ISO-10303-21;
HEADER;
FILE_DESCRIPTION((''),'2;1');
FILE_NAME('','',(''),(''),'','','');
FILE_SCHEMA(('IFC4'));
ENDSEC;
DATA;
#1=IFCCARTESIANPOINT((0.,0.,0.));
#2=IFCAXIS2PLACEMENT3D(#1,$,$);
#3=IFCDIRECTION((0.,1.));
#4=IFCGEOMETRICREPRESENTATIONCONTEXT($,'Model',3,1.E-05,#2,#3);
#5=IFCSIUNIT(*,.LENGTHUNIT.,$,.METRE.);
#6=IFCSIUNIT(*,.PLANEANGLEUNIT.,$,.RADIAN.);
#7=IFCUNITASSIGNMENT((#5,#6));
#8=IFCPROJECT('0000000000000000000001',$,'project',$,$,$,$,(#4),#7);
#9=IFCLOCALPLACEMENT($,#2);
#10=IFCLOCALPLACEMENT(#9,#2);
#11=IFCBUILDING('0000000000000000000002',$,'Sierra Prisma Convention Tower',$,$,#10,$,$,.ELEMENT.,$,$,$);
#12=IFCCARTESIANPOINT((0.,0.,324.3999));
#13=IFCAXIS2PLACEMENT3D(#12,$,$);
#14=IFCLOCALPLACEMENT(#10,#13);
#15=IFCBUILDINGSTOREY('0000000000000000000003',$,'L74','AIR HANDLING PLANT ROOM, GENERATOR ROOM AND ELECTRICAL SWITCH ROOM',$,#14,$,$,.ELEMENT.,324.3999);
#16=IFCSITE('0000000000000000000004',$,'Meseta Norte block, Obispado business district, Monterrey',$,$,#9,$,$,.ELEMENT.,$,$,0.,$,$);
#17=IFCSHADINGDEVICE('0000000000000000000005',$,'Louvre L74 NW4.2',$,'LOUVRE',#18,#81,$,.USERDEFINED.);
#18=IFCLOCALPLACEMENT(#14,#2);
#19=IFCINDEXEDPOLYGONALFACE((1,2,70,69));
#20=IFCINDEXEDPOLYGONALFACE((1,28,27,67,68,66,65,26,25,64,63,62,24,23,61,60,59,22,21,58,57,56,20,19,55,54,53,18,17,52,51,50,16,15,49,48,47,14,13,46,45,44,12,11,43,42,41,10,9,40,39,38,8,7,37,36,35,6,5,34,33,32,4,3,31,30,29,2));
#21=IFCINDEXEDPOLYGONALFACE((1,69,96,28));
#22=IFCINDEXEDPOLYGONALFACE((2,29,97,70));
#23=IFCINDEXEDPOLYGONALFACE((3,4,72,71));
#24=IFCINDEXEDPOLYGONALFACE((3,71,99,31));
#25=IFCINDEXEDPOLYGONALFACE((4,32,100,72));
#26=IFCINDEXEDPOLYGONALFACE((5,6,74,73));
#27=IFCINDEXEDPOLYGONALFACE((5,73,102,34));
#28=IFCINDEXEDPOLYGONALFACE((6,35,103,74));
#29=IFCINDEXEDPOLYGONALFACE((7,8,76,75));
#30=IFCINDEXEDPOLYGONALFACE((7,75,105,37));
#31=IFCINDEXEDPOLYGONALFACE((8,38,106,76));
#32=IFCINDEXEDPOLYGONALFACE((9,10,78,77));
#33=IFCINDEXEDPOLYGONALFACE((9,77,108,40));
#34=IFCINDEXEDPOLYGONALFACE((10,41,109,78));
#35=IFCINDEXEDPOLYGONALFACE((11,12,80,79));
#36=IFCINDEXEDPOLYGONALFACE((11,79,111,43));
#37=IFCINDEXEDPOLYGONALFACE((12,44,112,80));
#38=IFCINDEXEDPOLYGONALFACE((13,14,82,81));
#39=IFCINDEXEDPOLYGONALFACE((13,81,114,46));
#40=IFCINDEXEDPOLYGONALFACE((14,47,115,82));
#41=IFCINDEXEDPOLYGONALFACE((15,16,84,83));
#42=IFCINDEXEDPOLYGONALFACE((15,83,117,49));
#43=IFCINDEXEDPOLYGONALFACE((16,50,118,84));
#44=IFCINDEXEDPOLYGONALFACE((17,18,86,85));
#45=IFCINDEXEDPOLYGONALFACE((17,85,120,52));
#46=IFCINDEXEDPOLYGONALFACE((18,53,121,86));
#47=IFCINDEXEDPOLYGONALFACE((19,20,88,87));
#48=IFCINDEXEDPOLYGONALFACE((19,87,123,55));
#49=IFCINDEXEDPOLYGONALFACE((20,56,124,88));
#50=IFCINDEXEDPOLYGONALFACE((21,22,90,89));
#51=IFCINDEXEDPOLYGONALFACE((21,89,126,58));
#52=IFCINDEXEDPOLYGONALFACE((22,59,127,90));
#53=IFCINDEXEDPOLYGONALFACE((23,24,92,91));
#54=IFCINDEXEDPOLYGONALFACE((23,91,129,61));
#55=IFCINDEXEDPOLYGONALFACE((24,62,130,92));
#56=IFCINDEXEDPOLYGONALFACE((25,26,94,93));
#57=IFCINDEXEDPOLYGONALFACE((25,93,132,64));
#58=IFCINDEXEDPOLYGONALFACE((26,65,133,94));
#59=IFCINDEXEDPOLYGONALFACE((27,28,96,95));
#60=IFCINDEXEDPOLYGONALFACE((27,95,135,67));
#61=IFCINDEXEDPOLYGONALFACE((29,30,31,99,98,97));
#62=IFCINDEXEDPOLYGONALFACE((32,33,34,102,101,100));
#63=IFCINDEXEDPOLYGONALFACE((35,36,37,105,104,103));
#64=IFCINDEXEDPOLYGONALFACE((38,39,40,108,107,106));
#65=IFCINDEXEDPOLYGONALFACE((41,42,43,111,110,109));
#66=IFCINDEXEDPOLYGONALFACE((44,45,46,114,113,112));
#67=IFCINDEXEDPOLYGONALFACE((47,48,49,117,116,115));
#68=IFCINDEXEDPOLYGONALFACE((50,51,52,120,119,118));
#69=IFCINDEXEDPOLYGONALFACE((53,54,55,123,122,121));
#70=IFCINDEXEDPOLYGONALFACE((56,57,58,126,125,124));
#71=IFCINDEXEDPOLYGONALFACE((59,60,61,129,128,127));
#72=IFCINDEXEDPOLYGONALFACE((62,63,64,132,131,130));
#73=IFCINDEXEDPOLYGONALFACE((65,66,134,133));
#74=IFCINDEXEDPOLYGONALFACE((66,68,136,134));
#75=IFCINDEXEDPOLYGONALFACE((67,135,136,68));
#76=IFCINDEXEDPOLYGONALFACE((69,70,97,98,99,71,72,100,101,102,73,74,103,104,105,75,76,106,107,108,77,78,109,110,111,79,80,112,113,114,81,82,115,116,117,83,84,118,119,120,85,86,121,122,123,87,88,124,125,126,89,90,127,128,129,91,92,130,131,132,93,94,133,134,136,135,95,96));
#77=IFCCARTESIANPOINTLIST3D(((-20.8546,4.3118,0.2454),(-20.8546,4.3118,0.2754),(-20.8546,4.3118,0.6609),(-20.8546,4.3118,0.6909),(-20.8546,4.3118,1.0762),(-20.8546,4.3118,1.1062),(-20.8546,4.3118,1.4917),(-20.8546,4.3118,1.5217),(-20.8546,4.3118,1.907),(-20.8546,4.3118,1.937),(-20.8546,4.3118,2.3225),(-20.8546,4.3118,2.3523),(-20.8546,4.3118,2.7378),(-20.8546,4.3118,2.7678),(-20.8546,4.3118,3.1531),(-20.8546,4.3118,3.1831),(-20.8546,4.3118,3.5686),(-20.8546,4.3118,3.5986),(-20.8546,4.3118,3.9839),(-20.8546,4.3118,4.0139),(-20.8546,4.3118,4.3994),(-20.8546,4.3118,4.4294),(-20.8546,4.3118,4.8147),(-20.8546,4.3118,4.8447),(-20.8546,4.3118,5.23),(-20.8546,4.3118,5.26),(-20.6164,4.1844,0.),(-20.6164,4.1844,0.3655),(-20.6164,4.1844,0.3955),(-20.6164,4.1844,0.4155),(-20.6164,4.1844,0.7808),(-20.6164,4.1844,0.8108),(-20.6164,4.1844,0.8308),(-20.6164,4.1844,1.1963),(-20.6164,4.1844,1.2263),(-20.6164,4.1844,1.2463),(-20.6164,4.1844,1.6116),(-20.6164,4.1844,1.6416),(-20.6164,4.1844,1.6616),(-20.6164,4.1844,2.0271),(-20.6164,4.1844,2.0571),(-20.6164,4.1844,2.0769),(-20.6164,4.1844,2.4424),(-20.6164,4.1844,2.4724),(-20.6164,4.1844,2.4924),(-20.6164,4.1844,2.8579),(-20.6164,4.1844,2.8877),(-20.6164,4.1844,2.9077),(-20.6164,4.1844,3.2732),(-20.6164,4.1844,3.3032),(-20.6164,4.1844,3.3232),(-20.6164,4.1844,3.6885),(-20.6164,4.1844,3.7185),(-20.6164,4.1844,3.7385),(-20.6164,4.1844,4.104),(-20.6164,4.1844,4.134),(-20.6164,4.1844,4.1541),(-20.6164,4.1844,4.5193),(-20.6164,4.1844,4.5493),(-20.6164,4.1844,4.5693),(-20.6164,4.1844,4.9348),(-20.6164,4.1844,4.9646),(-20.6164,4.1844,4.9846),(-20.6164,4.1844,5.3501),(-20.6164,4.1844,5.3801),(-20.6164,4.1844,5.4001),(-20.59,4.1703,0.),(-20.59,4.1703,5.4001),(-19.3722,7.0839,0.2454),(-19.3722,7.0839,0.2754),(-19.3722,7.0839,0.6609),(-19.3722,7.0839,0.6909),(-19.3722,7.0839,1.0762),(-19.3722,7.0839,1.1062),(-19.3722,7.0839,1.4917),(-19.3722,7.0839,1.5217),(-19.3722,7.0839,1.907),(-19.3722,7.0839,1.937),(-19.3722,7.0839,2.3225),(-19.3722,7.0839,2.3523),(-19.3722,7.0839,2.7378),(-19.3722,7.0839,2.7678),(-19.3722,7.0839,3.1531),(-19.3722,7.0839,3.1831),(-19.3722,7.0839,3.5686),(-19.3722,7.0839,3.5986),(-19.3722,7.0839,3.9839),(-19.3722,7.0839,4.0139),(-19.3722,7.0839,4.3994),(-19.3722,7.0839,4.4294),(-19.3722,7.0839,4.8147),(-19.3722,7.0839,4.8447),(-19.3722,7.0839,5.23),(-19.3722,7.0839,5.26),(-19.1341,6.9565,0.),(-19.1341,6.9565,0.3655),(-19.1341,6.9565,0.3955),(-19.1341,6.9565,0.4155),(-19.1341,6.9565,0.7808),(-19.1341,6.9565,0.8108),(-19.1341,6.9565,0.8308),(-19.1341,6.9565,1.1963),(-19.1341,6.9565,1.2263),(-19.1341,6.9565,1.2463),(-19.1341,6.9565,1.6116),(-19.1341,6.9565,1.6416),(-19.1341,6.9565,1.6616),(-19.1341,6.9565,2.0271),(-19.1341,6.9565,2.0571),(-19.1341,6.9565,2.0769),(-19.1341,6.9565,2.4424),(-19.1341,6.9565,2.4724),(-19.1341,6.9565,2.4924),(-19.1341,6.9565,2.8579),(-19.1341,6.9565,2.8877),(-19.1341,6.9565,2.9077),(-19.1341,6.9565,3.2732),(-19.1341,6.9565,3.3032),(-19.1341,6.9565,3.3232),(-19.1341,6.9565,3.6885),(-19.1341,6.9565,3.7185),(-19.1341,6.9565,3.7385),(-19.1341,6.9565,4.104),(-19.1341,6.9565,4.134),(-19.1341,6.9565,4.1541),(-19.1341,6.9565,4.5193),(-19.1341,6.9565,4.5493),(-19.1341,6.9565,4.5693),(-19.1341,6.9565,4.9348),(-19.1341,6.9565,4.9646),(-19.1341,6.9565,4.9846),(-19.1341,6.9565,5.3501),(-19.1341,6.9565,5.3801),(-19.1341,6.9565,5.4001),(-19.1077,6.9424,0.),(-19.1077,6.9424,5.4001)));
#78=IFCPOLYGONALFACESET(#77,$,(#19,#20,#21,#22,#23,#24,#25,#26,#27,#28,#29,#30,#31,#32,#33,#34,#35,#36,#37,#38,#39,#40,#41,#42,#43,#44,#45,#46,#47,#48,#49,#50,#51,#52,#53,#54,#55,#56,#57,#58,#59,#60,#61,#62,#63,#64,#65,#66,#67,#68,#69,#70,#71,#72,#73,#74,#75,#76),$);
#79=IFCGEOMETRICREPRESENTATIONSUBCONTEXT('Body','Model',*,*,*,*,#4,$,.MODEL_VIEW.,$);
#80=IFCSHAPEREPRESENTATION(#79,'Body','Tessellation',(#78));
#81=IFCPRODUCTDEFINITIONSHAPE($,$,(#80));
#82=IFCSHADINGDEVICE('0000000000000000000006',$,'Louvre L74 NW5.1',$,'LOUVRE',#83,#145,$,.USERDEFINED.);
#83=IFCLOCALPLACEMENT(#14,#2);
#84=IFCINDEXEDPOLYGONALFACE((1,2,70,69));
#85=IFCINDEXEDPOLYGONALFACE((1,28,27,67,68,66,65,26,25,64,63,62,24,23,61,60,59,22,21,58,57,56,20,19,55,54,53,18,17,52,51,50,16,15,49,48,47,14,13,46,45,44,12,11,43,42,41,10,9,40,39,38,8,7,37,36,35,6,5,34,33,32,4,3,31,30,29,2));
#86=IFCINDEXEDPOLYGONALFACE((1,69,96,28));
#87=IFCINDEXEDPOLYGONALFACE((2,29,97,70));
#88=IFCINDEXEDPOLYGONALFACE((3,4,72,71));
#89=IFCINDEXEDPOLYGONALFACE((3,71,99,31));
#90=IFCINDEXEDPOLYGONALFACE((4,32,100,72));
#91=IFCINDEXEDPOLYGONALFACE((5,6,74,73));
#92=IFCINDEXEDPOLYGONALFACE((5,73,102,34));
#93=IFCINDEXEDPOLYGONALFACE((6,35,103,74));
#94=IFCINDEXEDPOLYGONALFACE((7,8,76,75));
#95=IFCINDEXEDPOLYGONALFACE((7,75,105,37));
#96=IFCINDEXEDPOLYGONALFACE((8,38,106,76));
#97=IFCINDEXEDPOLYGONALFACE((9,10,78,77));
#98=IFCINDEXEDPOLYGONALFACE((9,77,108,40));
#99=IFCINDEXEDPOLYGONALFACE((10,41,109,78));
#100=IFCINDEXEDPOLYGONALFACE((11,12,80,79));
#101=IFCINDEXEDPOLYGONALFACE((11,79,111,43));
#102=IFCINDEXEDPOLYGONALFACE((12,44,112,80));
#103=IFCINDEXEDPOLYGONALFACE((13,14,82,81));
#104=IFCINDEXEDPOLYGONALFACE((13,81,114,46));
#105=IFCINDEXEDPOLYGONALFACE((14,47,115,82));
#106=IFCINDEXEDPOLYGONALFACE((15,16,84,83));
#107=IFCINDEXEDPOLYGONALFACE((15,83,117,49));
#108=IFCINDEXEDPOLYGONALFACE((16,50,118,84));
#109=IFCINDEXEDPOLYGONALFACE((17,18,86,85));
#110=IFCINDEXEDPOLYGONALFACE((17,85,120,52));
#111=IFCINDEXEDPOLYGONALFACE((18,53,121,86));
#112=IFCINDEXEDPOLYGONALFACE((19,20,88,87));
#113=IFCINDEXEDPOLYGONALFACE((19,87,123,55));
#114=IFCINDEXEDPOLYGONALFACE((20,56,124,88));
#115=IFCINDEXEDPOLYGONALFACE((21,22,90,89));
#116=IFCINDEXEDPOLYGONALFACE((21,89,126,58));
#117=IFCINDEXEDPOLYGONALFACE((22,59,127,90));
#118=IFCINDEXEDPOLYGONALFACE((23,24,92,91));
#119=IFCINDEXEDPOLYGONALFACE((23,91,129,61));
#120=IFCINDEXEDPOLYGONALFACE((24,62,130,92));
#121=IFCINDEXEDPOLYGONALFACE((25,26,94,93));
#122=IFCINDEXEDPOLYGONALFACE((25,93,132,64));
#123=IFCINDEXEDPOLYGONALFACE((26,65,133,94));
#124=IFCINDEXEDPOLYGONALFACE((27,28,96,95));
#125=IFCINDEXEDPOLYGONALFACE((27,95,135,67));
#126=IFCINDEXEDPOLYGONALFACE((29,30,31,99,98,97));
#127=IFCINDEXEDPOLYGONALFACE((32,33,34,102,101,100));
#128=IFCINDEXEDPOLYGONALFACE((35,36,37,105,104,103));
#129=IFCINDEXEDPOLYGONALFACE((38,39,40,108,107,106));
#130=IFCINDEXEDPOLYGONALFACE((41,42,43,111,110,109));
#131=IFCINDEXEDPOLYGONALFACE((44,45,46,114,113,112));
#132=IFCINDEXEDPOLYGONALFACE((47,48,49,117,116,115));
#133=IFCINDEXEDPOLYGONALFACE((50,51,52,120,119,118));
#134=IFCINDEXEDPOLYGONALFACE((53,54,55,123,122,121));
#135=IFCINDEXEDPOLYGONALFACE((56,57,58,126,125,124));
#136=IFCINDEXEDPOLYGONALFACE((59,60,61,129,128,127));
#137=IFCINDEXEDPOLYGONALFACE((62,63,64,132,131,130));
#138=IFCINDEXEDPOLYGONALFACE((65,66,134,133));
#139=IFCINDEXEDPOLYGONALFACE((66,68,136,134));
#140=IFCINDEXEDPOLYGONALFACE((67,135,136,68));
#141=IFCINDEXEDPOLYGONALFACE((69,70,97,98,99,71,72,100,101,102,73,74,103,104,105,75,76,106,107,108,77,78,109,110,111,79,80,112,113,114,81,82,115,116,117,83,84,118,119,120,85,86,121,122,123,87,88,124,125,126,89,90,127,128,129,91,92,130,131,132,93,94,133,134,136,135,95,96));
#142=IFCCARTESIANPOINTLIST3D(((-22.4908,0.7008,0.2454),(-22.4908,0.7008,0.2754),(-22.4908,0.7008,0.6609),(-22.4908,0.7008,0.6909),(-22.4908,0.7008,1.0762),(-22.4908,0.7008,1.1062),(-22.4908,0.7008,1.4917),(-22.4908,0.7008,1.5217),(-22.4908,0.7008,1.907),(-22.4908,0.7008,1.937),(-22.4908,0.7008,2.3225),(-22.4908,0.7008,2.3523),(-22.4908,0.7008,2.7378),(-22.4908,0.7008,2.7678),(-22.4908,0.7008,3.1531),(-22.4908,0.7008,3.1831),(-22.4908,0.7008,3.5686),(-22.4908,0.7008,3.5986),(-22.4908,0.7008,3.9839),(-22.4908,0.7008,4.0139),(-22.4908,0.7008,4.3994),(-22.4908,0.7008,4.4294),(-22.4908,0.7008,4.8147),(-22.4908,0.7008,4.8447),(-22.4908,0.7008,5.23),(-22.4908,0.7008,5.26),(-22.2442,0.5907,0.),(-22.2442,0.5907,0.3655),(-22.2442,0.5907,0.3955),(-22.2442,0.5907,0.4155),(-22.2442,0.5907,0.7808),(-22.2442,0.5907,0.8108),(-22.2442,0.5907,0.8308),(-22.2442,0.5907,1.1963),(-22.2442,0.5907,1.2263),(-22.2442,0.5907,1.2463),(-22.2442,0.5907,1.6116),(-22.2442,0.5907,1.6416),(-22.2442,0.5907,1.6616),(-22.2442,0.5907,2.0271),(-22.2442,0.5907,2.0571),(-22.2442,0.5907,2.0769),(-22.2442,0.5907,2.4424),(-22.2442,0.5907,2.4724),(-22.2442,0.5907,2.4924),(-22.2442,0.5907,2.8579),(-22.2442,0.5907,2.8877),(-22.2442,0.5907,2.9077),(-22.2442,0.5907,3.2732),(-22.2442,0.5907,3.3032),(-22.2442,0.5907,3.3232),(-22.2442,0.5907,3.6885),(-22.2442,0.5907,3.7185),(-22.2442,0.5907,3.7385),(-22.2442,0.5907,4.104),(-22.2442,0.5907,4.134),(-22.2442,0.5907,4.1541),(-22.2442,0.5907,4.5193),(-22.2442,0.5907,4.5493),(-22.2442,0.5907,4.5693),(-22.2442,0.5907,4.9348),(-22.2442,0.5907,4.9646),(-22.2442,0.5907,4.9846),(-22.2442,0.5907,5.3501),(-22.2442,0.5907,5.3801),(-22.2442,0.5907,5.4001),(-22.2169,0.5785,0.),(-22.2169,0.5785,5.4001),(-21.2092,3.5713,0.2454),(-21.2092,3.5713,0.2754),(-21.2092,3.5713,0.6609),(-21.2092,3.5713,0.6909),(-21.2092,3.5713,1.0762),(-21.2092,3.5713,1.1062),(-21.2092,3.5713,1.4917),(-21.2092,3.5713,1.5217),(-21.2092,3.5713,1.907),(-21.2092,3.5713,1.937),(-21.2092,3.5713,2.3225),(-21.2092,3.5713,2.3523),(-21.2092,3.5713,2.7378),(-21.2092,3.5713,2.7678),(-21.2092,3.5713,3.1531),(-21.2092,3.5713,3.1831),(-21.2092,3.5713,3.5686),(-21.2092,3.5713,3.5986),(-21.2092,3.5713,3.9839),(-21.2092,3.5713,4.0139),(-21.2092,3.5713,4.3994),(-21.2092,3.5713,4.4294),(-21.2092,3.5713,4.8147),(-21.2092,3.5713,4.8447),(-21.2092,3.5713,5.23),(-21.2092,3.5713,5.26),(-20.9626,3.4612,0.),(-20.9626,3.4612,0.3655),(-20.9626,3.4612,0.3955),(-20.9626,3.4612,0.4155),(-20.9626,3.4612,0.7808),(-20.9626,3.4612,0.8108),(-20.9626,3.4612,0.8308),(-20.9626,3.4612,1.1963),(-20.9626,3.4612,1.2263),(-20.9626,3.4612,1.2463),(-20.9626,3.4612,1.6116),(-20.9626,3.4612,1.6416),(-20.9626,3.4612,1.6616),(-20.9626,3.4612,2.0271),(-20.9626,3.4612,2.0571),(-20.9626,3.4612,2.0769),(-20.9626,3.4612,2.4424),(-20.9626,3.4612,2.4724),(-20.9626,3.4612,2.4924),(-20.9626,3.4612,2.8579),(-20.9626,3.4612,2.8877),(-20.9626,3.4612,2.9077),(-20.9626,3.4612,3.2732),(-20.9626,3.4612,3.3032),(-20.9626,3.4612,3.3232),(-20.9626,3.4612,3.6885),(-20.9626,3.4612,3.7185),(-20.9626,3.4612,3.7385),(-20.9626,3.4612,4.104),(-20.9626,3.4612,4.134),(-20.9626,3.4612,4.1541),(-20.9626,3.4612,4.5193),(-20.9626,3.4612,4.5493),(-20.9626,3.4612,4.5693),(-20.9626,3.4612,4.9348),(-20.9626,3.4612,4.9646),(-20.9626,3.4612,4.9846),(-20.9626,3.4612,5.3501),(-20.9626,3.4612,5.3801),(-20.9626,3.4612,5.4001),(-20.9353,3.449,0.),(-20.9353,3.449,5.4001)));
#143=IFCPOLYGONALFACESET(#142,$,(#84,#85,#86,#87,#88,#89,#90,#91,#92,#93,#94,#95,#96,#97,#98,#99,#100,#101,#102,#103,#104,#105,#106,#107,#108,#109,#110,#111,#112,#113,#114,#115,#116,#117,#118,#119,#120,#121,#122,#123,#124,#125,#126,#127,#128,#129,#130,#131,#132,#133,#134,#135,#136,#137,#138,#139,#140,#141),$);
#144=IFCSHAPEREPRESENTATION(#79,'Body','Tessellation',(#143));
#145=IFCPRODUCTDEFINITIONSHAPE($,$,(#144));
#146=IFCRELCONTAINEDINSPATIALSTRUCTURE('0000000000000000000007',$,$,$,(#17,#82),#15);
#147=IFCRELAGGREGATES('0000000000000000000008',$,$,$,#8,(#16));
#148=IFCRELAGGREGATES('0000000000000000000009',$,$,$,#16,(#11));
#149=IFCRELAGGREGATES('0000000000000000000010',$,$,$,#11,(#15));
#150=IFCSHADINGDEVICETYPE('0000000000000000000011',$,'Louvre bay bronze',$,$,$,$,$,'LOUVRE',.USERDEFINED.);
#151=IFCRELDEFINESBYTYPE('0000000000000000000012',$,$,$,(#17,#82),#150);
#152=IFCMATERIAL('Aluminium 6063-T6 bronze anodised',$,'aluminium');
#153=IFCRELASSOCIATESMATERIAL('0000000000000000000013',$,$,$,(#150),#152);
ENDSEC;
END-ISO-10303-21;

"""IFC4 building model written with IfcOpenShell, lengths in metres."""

from ifc_helpers import new_model, si_unit, direction, frame, origin, place, context, subcontext, project, spatial, polyline, outline, extrude, material, type_object, element, save


model = new_model("IFC4")

# Units and contexts
model_context = context("Model", 3, precision=1e-05, world=origin(), true_north=direction((0.0, 1.0)))
body_context = subcontext(model_context, "Body", "Model", "MODEL_VIEW")
ifc_project = project(units=[si_unit("LENGTHUNIT", "METRE"), si_unit("PLANEANGLEUNIT", "RADIAN")], contexts=[model_context])

# Site, building, storey
site_placement = place(None, origin())
site = spatial("IfcSite", under=ifc_project, at=site_placement, Name="Meseta Norte block, Obispado business district, Monterrey", CompositionType="ELEMENT", RefElevation=0.0)
building_placement = place(site_placement, origin())
building = spatial("IfcBuilding", under=site, at=building_placement, Name="Sierra Prisma Convention Tower", CompositionType="ELEMENT")
storey_placement = place(building_placement, frame((0.0, 0.0, 324.3999)))
storey = spatial("IfcBuildingStorey", under=building, at=storey_placement, Name="L74", Description="AIR HANDLING PLANT ROOM, GENERATOR ROOM AND ELECTRICAL SWITCH ROOM", CompositionType="ELEMENT", Elevation=324.3999)

# Shading devices
ifc_material_1 = material(Name="Aluminium 6063-T6 bronze anodised", Category="aluminium")
shading_device_type = type_object("IfcShadingDeviceType", Name="Louvre bay bronze", ElementType="LOUVRE", PredefinedType="USERDEFINED", material=ifc_material_1)
shading_device_1_placement = place(storey_placement, frame((-19.1077, 6.9424, 0.0), z_axis=(0.471552, 0.881838, 0.0), x_axis=(0.0, 0.0, 1.0)))
element("IfcShadingDevice", 1, at=shading_device_1_placement, inside=storey, type_object=shading_device_type, Name="Louvre L74 NW4.2", ObjectType="LOUVRE", PredefinedType="USERDEFINED", context=body_context, shape_type="SweptSolid", body=[
    extrude(outline(polyline([(0.0, 0.0), (5.4001, 0.0), (5.4001, -0.0299), (5.3801, -0.0299), (5.26, -0.3), (5.23, -0.3), (5.3501, -0.0299), (4.9846, -0.0299), (4.9646, -0.0299), (4.8447, -0.3), (4.8147, -0.3), (4.9348, -0.0299), (4.5693, -0.0299), (4.5493, -0.0299), (4.4294, -0.3), (4.3994, -0.3), (4.5193, -0.0299), (4.1541, -0.0299), (4.134, -0.0299), (4.0139, -0.3), (3.9839, -0.3), (4.104, -0.0299), (3.7385, -0.0299), (3.7185, -0.0299), (3.5986, -0.3), (3.5686, -0.3), (3.6885, -0.0299), (3.3232, -0.0299), (3.3032, -0.0299), (3.1831, -0.3), (3.1531, -0.3), (3.2732, -0.0299), (2.9077, -0.0299), (2.8877, -0.0299), (2.7678, -0.3), (2.7378, -0.3), (2.8579, -0.0299), (2.4924, -0.0299), (2.4724, -0.0299), (2.3523, -0.3), (2.3225, -0.3), (2.4424, -0.0299), (2.0769, -0.0299), (2.0571, -0.0299), (1.937, -0.3), (1.907, -0.3), (2.0271, -0.0299), (1.6616, -0.0299), (1.6416, -0.0299), (1.5217, -0.3), (1.4917, -0.3), (1.6116, -0.0299), (1.2463, -0.0299), (1.2263, -0.0299), (1.1062, -0.3), (1.0762, -0.3), (1.1963, -0.0299), (0.8308, -0.0299), (0.8108, -0.0299), (0.6909, -0.3), (0.6609, -0.3), (0.7808, -0.0299), (0.4155, -0.0299), (0.3955, -0.0299), (0.2754, -0.3), (0.2454, -0.3), (0.3655, -0.0299), (0.0, -0.0299), (0.0, 0.0)])), origin(), (0.0, 0.0, -1.0), 3.1436),
])
shading_device_2_placement = place(storey_placement, frame((-20.9353, 3.449, 0.0), z_axis=(0.407683, 0.913124, 0.0), x_axis=(0.0, 0.0, 1.0)))
element("IfcShadingDevice", 2, at=shading_device_2_placement, inside=storey, type_object=shading_device_type, Name="Louvre L74 NW5.1", ObjectType="LOUVRE", PredefinedType="USERDEFINED", context=body_context, shape_type="SweptSolid", body=[
    extrude(outline(polyline([(0.0, 0.0), (5.4001, 0.0), (5.4001, -0.0299), (5.3801, -0.0299), (5.26, -0.3), (5.23, -0.3), (5.3501, -0.0299), (4.9846, -0.0299), (4.9646, -0.0299), (4.8447, -0.3), (4.8147, -0.3), (4.9348, -0.0299), (4.5693, -0.0299), (4.5493, -0.0299), (4.4294, -0.3), (4.3994, -0.3), (4.5193, -0.0299), (4.1541, -0.0299), (4.134, -0.0299), (4.0139, -0.3), (3.9839, -0.3), (4.104, -0.0299), (3.7385, -0.0299), (3.7185, -0.0299), (3.5986, -0.3), (3.5686, -0.3), (3.6885, -0.0299), (3.3232, -0.0299), (3.3032, -0.0299), (3.1831, -0.3), (3.1531, -0.3), (3.2732, -0.0299), (2.9077, -0.0299), (2.8877, -0.0299), (2.7678, -0.3), (2.7378, -0.3), (2.8579, -0.0299), (2.4924, -0.0299), (2.4724, -0.0299), (2.3523, -0.3), (2.3225, -0.3), (2.4424, -0.0299), (2.0769, -0.0299), (2.0571, -0.0299), (1.937, -0.3), (1.907, -0.3), (2.0271, -0.0299), (1.6616, -0.0299), (1.6416, -0.0299), (1.5217, -0.3), (1.4917, -0.3), (1.6116, -0.0299), (1.2463, -0.0299), (1.2263, -0.0299), (1.1062, -0.3), (1.0762, -0.3), (1.1963, -0.0299), (0.8308, -0.0299), (0.8108, -0.0299), (0.6909, -0.3), (0.6609, -0.3), (0.7808, -0.0299), (0.4155, -0.0299), (0.3955, -0.0299), (0.2754, -0.3), (0.2454, -0.3), (0.3655, -0.0299), (0.0, -0.0299), (0.0, 0.0)])), origin(), (0.0, 0.0, -1.0), 3.1436),
])

save(model, "model.ifc")
